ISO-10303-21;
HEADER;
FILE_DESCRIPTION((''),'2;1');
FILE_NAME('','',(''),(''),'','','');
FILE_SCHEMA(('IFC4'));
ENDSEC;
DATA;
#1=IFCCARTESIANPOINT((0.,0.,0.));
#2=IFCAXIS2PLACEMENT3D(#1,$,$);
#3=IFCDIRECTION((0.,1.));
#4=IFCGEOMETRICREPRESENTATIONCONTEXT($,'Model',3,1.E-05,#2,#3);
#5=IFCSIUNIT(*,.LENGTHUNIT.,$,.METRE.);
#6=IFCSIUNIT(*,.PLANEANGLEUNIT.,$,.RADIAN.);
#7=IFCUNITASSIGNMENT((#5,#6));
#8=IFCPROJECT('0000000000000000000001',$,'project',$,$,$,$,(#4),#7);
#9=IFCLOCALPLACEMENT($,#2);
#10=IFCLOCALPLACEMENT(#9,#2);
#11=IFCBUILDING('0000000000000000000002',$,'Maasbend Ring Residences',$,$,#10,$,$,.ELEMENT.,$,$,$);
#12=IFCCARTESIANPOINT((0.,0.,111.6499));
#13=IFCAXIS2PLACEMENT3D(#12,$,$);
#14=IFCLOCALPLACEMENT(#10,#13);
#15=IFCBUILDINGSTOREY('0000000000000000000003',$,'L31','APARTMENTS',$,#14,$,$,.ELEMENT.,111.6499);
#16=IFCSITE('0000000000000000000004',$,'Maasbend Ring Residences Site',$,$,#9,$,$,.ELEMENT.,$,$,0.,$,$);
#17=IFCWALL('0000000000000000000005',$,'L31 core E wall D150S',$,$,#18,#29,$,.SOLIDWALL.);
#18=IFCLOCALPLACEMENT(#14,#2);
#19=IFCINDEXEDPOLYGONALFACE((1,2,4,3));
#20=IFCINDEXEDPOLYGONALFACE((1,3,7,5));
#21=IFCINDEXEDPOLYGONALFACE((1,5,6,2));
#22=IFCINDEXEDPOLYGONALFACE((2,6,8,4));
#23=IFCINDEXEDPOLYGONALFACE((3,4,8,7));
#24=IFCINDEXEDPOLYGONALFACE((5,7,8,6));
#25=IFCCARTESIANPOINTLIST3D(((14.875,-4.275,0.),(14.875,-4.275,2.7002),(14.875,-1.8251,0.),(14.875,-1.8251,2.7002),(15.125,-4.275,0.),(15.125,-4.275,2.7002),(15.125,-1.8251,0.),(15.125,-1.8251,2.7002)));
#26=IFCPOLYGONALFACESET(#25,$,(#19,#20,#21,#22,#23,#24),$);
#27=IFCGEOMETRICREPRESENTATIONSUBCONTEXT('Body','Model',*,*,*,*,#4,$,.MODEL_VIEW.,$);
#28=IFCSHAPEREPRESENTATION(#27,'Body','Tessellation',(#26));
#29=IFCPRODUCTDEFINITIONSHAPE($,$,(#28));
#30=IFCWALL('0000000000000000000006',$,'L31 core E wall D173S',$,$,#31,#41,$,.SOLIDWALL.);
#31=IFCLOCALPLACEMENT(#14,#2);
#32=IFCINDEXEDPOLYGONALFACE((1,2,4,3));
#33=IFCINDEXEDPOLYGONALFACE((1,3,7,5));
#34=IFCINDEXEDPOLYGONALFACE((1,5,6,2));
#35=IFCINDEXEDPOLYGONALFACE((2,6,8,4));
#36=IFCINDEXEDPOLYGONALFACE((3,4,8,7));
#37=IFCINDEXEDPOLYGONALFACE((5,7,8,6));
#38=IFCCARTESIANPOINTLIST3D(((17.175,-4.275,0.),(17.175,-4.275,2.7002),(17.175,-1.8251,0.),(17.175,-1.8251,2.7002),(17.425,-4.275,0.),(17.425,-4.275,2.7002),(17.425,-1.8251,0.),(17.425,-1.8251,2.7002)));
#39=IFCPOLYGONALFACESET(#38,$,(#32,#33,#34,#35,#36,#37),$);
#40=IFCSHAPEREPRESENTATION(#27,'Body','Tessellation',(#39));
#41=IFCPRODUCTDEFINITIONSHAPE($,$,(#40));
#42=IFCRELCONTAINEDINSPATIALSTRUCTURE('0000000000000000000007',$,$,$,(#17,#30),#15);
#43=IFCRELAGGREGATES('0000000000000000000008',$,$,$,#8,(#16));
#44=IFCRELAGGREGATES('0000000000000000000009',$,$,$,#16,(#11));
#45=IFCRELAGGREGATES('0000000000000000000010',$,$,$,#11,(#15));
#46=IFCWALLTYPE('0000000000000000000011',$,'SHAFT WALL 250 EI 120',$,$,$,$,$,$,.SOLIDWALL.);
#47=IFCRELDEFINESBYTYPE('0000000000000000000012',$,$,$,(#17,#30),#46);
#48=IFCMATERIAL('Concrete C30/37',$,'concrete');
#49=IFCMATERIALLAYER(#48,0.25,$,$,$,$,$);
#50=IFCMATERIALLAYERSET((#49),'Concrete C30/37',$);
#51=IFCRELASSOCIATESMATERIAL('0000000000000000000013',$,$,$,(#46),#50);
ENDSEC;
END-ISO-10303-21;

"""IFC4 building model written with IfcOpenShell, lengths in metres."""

from ifc_helpers import new_model, si_unit, direction, frame, frame_2d, origin, place, context, subcontext, project, spatial, rectangle, extrude, material, layer, layer_set, type_object, element, save


model = new_model("IFC4")

# Units and contexts
model_context = context("Model", 3, precision=1e-05, world=origin(), true_north=direction((0.0, 1.0)))
body_context = subcontext(model_context, "Body", "Model", "MODEL_VIEW")
ifc_project = project(units=[si_unit("LENGTHUNIT", "METRE"), si_unit("PLANEANGLEUNIT", "RADIAN")], contexts=[model_context])

# Site, building, storey
site_placement = place(None, origin())
site = spatial("IfcSite", under=ifc_project, at=site_placement, Name="Maasbend Ring Residences Site", CompositionType="ELEMENT", RefElevation=0.0)
building_placement = place(site_placement, origin())
building = spatial("IfcBuilding", under=site, at=building_placement, Name="Maasbend Ring Residences", CompositionType="ELEMENT")
storey_placement = place(building_placement, frame((0.0, 0.0, 111.6499)))
storey = spatial("IfcBuildingStorey", under=building, at=storey_placement, Name="L31", Description="APARTMENTS", CompositionType="ELEMENT", Elevation=111.6499)

# Walls
ifc_material_1 = material(Name="Concrete C30/37", Category="concrete")
ifc_layer_1 = layer(ifc_material_1, 0.25)
ifc_layer_set_1 = layer_set([ifc_layer_1], Name="Concrete C30/37")
wall_type_1 = type_object("IfcWallType", Name="SHAFT WALL 250 EI 120", PredefinedType="SOLIDWALL", material=ifc_layer_set_1)
for number, where, z_axis, x_axis, name in (
    (1, (15.0, -1.825, 0.0), (0.0, 0.0, 1.0), (0.0, -1.0, 0.0), "L31 core E wall D150S"),
    (2, (17.3, -1.825, 0.0), (0.0, 0.0, 1.0), (0.0, -1.0, 0.0), "L31 core E wall D173S"),
):
    element("IfcWall", number, at=place(storey_placement, frame(where, z_axis=z_axis, x_axis=x_axis)), inside=storey, type_object=wall_type_1, Name=name, PredefinedType="SOLIDWALL", context=body_context, shape_type="SweptSolid", body=[
        extrude(rectangle(XDim=2.45, YDim=0.25, at=frame_2d((1.2251, 0.0))), origin(), (0.0, 0.0, 1.0), 2.7002),
    ])

save(model, "model.ifc")
